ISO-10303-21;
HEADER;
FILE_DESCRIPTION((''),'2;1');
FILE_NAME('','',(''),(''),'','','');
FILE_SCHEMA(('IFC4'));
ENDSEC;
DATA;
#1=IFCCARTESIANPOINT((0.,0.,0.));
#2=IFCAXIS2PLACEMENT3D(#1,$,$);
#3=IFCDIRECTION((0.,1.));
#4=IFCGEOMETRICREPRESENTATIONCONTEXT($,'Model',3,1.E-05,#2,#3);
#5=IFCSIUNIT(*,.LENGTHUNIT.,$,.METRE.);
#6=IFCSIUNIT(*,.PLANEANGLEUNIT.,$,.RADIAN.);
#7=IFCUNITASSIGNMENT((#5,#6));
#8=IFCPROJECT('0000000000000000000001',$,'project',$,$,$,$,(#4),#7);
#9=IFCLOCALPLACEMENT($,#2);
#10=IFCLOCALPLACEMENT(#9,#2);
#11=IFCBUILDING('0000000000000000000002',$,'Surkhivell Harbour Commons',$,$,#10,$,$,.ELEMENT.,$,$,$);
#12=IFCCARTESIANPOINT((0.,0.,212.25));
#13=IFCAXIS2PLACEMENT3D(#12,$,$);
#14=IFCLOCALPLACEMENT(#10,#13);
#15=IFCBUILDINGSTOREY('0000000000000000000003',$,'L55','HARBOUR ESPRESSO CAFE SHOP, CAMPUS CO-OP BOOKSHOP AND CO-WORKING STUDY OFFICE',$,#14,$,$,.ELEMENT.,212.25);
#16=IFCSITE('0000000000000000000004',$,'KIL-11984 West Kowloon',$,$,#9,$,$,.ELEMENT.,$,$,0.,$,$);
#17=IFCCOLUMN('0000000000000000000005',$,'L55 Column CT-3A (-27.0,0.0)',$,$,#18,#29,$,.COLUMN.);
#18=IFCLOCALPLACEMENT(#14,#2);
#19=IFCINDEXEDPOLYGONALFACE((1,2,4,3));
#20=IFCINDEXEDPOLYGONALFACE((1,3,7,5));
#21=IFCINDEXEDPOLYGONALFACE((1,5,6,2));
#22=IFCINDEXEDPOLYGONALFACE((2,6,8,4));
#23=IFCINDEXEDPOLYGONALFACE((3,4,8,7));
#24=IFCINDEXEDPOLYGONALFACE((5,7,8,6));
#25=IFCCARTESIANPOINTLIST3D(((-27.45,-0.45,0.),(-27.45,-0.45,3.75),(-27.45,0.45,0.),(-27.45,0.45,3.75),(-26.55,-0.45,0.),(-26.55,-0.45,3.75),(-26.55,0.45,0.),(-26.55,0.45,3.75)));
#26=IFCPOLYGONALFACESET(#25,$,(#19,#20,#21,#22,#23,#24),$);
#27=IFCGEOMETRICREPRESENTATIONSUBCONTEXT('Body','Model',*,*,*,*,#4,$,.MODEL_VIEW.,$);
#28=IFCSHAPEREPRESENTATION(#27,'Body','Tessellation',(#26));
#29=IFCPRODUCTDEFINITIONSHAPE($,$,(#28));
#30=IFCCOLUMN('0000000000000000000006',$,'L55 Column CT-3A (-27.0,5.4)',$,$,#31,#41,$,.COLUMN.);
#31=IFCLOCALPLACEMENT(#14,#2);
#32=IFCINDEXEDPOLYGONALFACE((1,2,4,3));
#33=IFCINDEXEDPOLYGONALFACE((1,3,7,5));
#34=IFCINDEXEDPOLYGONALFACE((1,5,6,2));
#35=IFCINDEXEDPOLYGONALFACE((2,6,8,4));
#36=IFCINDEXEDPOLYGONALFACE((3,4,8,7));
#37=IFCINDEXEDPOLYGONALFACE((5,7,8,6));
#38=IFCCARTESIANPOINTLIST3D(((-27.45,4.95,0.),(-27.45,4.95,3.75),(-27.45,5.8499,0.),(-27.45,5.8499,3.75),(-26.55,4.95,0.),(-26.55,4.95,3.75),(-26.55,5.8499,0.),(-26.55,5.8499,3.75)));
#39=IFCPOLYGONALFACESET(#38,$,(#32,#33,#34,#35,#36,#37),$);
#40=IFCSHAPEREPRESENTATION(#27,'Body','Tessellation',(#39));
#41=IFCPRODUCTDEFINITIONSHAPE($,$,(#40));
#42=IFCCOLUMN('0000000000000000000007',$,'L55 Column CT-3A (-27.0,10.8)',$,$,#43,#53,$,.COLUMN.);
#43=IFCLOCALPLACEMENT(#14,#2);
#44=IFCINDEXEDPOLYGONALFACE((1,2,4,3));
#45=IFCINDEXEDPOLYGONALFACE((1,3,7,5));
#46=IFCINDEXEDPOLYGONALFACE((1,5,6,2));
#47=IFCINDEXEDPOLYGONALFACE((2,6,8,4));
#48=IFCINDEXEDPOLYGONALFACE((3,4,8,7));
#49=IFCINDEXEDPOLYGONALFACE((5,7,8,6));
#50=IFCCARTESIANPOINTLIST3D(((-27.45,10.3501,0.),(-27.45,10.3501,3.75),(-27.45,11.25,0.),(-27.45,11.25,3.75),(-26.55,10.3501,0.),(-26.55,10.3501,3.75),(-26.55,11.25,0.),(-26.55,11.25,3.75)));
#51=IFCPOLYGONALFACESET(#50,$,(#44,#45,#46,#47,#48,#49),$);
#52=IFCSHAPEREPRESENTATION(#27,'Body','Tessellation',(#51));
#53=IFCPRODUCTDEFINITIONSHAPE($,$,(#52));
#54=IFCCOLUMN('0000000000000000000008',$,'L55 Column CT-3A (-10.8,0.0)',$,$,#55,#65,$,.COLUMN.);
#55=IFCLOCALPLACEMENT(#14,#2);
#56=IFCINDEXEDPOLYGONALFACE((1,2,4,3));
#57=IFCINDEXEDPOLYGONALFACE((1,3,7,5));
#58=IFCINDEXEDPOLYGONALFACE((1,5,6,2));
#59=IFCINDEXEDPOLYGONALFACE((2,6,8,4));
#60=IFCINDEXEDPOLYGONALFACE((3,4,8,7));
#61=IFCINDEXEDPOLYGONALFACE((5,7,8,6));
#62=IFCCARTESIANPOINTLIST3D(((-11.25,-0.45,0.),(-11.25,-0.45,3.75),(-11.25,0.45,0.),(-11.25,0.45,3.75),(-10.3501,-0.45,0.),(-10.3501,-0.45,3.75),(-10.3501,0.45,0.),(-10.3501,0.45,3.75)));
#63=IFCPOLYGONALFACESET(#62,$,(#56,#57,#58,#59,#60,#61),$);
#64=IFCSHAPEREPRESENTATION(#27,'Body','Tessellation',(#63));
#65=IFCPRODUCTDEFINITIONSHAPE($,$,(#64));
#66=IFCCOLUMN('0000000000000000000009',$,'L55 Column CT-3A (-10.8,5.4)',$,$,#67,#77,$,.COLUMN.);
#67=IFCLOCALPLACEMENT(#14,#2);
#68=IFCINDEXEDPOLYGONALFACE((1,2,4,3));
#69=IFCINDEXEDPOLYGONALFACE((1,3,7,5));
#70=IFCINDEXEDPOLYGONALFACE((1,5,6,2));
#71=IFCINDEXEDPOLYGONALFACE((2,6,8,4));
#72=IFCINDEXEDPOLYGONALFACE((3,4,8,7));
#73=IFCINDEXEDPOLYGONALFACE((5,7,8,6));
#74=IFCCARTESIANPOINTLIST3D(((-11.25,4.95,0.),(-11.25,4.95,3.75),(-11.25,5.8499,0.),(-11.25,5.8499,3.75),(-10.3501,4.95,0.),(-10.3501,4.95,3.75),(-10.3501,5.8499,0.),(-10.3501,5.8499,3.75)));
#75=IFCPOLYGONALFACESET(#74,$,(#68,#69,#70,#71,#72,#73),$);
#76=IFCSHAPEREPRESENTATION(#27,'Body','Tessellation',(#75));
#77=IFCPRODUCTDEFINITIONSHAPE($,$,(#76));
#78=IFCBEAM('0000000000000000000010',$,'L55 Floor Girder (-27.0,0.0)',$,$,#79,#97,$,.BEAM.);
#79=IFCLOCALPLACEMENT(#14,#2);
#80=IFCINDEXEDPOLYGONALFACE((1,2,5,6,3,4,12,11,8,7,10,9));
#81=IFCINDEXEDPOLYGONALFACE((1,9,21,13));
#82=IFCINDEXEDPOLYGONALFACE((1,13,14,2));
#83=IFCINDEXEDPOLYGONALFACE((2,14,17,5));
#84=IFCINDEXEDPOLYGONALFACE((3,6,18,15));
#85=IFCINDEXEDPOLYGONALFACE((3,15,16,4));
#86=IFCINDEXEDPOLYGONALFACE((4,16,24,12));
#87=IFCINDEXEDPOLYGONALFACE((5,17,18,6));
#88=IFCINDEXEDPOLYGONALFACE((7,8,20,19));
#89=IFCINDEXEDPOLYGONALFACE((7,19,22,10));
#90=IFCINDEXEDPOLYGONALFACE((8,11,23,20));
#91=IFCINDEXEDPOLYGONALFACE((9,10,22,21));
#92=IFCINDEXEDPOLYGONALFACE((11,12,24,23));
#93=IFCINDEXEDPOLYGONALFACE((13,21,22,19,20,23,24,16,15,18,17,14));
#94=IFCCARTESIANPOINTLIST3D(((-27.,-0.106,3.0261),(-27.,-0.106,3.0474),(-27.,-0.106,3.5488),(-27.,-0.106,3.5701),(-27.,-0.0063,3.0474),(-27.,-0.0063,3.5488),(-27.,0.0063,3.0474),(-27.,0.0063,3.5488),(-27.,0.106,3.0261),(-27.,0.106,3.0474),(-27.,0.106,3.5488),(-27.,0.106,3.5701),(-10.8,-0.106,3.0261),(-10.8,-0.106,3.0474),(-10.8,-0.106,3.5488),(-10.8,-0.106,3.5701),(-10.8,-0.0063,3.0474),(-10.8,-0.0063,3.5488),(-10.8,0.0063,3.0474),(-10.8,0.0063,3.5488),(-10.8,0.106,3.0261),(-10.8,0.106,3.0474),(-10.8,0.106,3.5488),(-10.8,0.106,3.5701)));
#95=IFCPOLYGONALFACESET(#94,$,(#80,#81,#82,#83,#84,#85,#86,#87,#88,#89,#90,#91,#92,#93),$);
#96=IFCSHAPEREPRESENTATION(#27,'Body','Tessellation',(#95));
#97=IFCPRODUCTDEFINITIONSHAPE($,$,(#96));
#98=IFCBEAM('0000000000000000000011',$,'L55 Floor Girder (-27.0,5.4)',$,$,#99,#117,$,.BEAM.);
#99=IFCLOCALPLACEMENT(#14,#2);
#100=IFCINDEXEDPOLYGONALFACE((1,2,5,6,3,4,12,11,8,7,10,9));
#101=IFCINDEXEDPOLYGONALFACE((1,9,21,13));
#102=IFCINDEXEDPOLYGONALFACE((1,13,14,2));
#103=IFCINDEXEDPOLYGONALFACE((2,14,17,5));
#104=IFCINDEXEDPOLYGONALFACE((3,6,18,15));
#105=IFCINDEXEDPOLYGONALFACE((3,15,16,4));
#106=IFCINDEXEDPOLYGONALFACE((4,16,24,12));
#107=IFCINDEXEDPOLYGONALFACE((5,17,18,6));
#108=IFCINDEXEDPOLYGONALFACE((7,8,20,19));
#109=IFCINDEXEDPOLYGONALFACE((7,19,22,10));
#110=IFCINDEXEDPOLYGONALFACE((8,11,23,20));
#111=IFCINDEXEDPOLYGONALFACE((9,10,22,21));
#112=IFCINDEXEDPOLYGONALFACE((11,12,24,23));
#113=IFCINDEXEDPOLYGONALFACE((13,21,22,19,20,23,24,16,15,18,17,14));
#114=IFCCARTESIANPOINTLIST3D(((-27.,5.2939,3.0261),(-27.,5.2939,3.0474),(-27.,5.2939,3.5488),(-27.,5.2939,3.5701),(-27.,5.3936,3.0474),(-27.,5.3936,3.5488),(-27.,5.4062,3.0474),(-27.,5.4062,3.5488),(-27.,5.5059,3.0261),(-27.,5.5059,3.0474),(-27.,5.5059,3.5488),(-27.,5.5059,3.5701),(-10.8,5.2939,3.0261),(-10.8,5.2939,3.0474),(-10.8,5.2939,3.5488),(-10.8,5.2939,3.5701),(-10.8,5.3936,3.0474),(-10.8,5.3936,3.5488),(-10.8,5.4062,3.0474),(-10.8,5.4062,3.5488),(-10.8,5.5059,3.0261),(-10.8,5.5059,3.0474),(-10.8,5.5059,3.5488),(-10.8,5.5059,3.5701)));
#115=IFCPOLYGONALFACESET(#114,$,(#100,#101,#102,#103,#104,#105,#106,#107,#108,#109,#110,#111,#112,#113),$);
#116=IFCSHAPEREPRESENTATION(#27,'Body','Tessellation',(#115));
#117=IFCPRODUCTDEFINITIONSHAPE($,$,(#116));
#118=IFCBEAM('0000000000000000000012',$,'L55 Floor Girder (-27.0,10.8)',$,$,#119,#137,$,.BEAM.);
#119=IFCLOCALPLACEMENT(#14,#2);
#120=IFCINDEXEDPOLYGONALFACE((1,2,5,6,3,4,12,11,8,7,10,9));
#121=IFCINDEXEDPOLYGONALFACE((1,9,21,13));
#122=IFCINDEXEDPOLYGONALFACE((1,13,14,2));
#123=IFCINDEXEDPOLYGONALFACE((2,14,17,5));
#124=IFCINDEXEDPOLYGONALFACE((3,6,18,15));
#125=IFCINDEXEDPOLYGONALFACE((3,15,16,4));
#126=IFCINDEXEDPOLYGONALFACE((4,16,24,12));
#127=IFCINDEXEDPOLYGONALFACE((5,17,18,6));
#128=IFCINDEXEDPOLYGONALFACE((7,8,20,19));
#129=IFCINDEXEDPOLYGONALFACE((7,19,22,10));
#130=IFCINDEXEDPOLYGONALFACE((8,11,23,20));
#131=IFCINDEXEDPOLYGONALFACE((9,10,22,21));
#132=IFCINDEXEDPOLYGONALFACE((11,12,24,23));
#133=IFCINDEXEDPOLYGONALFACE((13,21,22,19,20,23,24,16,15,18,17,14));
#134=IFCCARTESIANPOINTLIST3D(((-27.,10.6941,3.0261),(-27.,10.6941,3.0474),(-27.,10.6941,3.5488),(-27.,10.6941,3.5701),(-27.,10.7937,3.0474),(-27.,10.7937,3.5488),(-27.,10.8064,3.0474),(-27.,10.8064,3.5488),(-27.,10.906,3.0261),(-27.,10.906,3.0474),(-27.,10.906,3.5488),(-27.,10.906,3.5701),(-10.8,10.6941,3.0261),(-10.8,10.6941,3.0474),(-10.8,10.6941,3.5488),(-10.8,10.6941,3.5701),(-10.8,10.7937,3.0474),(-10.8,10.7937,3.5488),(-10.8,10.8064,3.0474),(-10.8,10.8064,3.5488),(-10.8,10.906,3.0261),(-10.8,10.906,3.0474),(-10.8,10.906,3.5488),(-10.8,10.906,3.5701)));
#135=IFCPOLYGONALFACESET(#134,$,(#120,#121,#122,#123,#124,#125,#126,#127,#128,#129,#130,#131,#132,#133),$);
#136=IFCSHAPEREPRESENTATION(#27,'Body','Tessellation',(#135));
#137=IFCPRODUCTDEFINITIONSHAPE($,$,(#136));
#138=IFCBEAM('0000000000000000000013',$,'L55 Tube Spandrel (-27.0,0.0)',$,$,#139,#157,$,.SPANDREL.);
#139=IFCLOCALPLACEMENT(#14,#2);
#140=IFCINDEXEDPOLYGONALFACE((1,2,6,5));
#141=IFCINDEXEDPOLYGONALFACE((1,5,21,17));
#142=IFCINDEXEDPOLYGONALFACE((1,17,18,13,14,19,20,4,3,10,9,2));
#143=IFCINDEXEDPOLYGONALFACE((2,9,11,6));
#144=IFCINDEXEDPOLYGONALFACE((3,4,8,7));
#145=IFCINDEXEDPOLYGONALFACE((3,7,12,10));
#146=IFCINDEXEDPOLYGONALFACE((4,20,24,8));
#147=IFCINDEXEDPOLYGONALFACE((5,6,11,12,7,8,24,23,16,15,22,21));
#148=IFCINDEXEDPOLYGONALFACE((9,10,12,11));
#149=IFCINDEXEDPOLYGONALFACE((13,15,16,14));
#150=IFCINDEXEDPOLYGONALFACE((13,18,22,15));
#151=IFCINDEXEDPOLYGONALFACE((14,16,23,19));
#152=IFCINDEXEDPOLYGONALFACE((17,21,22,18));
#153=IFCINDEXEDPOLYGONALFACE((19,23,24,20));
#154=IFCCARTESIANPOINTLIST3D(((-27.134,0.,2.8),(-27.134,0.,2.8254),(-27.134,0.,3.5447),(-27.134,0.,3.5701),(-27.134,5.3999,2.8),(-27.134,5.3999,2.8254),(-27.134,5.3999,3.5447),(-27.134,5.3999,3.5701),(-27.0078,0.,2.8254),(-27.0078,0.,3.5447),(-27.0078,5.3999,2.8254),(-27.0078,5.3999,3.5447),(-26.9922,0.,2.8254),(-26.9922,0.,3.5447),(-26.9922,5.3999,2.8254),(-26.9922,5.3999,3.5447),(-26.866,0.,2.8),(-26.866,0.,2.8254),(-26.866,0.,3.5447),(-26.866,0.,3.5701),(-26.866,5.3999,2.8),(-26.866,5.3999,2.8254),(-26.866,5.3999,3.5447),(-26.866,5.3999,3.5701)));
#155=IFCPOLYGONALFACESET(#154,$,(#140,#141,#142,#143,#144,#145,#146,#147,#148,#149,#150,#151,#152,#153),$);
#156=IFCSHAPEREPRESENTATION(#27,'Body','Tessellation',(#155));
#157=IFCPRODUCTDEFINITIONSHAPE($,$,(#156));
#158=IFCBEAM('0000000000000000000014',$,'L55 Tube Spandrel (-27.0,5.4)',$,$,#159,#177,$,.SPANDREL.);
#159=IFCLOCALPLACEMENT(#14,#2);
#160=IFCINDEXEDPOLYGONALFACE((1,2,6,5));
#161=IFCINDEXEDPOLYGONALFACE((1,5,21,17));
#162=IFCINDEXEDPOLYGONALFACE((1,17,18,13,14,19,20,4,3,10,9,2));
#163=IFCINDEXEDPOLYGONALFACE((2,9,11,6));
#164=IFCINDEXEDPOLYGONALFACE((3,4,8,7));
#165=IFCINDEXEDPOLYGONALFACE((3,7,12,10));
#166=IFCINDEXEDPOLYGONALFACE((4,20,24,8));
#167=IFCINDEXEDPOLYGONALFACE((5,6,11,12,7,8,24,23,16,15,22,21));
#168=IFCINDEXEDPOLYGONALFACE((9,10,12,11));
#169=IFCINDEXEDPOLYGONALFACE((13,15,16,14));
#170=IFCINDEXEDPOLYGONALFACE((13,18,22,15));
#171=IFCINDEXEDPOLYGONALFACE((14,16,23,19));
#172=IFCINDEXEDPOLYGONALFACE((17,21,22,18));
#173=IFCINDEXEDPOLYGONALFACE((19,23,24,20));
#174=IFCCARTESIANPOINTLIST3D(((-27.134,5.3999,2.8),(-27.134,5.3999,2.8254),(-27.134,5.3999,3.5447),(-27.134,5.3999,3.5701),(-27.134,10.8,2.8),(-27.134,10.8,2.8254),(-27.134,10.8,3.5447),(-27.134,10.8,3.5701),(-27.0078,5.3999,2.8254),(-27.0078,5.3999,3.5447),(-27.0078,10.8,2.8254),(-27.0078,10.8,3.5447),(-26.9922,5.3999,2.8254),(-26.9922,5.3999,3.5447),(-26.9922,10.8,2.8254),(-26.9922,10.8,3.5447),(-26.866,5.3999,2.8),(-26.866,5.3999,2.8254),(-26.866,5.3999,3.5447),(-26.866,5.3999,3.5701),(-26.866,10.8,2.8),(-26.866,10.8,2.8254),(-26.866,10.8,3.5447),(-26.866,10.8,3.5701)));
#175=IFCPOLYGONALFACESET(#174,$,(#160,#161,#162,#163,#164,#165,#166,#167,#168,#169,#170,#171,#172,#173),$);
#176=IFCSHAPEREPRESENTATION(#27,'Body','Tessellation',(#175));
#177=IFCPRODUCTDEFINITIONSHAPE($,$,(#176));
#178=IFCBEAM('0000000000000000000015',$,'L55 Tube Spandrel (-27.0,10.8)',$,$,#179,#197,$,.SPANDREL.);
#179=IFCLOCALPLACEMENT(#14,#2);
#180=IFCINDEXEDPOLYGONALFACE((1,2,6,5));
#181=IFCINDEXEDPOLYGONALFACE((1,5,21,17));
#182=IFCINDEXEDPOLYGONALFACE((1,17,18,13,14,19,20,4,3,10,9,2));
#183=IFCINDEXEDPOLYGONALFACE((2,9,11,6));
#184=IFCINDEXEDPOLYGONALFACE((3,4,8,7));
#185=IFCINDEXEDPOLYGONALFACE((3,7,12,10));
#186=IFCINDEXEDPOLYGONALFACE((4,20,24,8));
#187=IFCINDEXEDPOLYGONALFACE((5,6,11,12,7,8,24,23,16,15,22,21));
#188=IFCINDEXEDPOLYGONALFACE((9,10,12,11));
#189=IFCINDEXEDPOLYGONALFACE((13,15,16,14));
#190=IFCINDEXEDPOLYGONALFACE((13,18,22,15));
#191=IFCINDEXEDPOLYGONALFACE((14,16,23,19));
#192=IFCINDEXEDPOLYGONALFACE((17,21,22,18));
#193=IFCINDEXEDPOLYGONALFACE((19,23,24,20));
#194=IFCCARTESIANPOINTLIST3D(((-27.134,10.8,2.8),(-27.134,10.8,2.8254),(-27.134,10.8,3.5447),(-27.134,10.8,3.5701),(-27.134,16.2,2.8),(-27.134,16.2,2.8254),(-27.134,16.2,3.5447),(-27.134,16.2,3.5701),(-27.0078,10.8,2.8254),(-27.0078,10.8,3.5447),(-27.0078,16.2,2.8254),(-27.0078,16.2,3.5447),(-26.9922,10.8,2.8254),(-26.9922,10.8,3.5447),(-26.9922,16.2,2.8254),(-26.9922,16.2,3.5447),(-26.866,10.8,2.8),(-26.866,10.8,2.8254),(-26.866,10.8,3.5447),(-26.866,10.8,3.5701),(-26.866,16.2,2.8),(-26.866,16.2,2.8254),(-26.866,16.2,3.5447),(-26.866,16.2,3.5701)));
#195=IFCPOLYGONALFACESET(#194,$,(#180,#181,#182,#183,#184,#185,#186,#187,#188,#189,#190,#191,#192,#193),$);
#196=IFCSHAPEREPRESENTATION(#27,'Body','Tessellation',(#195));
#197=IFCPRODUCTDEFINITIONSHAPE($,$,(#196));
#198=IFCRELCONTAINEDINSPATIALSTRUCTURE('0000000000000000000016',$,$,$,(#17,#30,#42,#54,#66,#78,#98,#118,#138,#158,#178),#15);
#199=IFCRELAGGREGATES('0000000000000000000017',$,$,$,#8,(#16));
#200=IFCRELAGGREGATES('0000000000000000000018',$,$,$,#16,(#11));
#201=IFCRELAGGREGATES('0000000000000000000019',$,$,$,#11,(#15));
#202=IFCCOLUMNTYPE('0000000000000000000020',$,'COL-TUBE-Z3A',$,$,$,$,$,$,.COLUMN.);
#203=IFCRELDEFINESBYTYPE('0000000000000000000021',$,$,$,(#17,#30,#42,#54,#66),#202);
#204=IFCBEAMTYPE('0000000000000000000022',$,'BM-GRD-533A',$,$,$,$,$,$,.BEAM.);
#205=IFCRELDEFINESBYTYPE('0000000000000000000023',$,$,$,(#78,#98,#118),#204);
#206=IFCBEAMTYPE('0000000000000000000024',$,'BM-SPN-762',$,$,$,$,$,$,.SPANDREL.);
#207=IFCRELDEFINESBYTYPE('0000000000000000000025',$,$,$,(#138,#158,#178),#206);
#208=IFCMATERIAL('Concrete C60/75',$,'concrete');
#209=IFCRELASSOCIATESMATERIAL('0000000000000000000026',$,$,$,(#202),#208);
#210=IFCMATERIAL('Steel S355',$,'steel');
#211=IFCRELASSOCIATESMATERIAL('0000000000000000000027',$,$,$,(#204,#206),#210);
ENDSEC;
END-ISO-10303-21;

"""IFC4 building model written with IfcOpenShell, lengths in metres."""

from ifc_helpers import new_model, si_unit, direction, frame, origin, origin_2d, place, context, subcontext, project, spatial, rectangle, i_section, extrude, material, material_profile, profile_set, type_object, element, save


model = new_model("IFC4")

# Units and contexts
model_context = context("Model", 3, precision=1e-05, world=origin(), true_north=direction((0.0, 1.0)))
body_context = subcontext(model_context, "Body", "Model", "MODEL_VIEW")
ifc_project = project(units=[si_unit("LENGTHUNIT", "METRE"), si_unit("PLANEANGLEUNIT", "RADIAN")], contexts=[model_context])

# Site, building, storey
site_placement = place(None, origin())
site = spatial("IfcSite", under=ifc_project, at=site_placement, Name="KIL-11984 West Kowloon", CompositionType="ELEMENT", RefElevation=0.0)
building_placement = place(site_placement, origin())
building = spatial("IfcBuilding", under=site, at=building_placement, Name="Surkhivell Harbour Commons", CompositionType="ELEMENT")
storey_placement = place(building_placement, frame((0.0, 0.0, 212.25)))
storey = spatial("IfcBuildingStorey", under=building, at=storey_placement, Name="L55", Description="HARBOUR ESPRESSO CAFE SHOP, CAMPUS CO-OP BOOKSHOP AND CO-WORKING STUDY OFFICE", CompositionType="ELEMENT", Elevation=212.25)

# Columns
ifc_material_1 = material(Name="Concrete C60/75", Category="concrete")
ifc_material_profile_1 = material_profile(ifc_material_1, rectangle(XDim=0.8999, YDim=0.8999, at=origin_2d()), Name="RC-COL-900x900")
ifc_profile_set_1 = profile_set([ifc_material_profile_1], Name="Concrete C60/75")
column_type = type_object("IfcColumnType", Name="COL-TUBE-Z3A", PredefinedType="COLUMN", material=ifc_profile_set_1)
for number, where, z_axis, x_axis, name in (
    (1, (-27.0, 0.0, 0.0), (0.0, 0.0, 1.0), (1.0, 0.0, 0.0), "L55 Column CT-3A (-27.0,0.0)"),
    (2, (-27.0, 5.3999, 0.0), (0.0, 0.0, 1.0), (1.0, 0.0, 0.0), "L55 Column CT-3A (-27.0,5.4)"),
    (3, (-27.0, 10.8, 0.0), (0.0, 0.0, 1.0), (1.0, 0.0, 0.0), "L55 Column CT-3A (-27.0,10.8)"),
    (4, (-10.8, 0.0, 0.0), (0.0, 0.0, 1.0), (1.0, 0.0, 0.0), "L55 Column CT-3A (-10.8,0.0)"),
    (5, (-10.8, 5.3999, 0.0), (0.0, 0.0, 1.0), (1.0, 0.0, 0.0), "L55 Column CT-3A (-10.8,5.4)"),
):
    element("IfcColumn", number, at=place(storey_placement, frame(where, z_axis=z_axis, x_axis=x_axis)), inside=storey, type_object=column_type, Name=name, PredefinedType="COLUMN", context=body_context, shape_type="SweptSolid", body=[
        extrude(rectangle(XDim=0.8999, YDim=0.8999, at=origin_2d()), origin(), (0.0, 0.0, 1.0), 3.75),
    ])

# Beams
ifc_material_2 = material(Name="Steel S355", Category="steel")
ifc_material_profile_2 = material_profile(ifc_material_2, i_section(OverallWidth=0.2119, OverallDepth=0.5439, WebThickness=0.0127, FlangeThickness=0.0212, at=origin_2d()), Name="UB533x210x122")
ifc_profile_set_2 = profile_set([ifc_material_profile_2], Name="Steel S355")
beam_type_1 = type_object("IfcBeamType", Name="BM-GRD-533A", PredefinedType="BEAM", material=ifc_profile_set_2)
for number, where, z_axis, x_axis, name in (
    (6, (-27.0, 0.0, 3.2981), (1.0, 0.0, 0.0), (0.0, 1.0, 0.0), "L55 Floor Girder (-27.0,0.0)"),
    (7, (-27.0, 5.3999, 3.2981), (1.0, 0.0, 0.0), (0.0, 1.0, 0.0), "L55 Floor Girder (-27.0,5.4)"),
    (8, (-27.0, 10.8, 3.2981), (1.0, 0.0, 0.0), (0.0, 1.0, 0.0), "L55 Floor Girder (-27.0,10.8)"),
):
    element("IfcBeam", number, at=place(storey_placement, frame(where, z_axis=z_axis, x_axis=x_axis)), inside=storey, type_object=beam_type_1, Name=name, PredefinedType="BEAM", context=body_context, shape_type="SweptSolid", body=[
        extrude(i_section(OverallWidth=0.2119, OverallDepth=0.5439, WebThickness=0.0127, FlangeThickness=0.0212, at=origin_2d()), origin(), (0.0, 0.0, 1.0), 16.2),
    ])
ifc_material_profile_3 = material_profile(ifc_material_2, i_section(OverallWidth=0.2681, OverallDepth=0.77, WebThickness=0.0156, FlangeThickness=0.0254, at=origin_2d()), Name="UB762x267x197")
ifc_profile_set_3 = profile_set([ifc_material_profile_3], Name="Steel S355")
beam_type_2 = type_object("IfcBeamType", Name="BM-SPN-762", PredefinedType="SPANDREL", material=ifc_profile_set_3)
beam_1_placement = place(storey_placement, frame((-27.0, 0.0, 3.1851), z_axis=(0.0, 1.0, 0.0), x_axis=(-1.0, 0.0, 0.0)))
element("IfcBeam", 9, at=beam_1_placement, inside=storey, type_object=beam_type_2, Name="L55 Tube Spandrel (-27.0,0.0)", PredefinedType="SPANDREL", context=body_context, shape_type="SweptSolid", body=[
    extrude(i_section(OverallWidth=0.2681, OverallDepth=0.77, WebThickness=0.0156, FlangeThickness=0.0254, at=origin_2d()), origin(), (0.0, 0.0, 1.0), 5.3999),
])
beam_2_placement = place(storey_placement, frame((-27.0, 5.3999, 3.1851), z_axis=(0.0, 1.0, 0.0), x_axis=(-1.0, 0.0, 0.0)))
element("IfcBeam", 10, at=beam_2_placement, inside=storey, type_object=beam_type_2, Name="L55 Tube Spandrel (-27.0,5.4)", PredefinedType="SPANDREL", context=body_context, shape_type="SweptSolid", body=[
    extrude(i_section(OverallWidth=0.2681, OverallDepth=0.77, WebThickness=0.0156, FlangeThickness=0.0254, at=origin_2d()), origin(), (0.0, 0.0, 1.0), 5.4001),
])
beam_3_placement = place(storey_placement, frame((-27.0, 10.8, 3.1851), z_axis=(0.0, 1.0, 0.0), x_axis=(-1.0, 0.0, 0.0)))
element("IfcBeam", 11, at=beam_3_placement, inside=storey, type_object=beam_type_2, Name="L55 Tube Spandrel (-27.0,10.8)", PredefinedType="SPANDREL", context=body_context, shape_type="SweptSolid", body=[
    extrude(i_section(OverallWidth=0.2681, OverallDepth=0.77, WebThickness=0.0156, FlangeThickness=0.0254, at=origin_2d()), origin(), (0.0, 0.0, 1.0), 5.3999),
])

save(model, "model.ifc")
